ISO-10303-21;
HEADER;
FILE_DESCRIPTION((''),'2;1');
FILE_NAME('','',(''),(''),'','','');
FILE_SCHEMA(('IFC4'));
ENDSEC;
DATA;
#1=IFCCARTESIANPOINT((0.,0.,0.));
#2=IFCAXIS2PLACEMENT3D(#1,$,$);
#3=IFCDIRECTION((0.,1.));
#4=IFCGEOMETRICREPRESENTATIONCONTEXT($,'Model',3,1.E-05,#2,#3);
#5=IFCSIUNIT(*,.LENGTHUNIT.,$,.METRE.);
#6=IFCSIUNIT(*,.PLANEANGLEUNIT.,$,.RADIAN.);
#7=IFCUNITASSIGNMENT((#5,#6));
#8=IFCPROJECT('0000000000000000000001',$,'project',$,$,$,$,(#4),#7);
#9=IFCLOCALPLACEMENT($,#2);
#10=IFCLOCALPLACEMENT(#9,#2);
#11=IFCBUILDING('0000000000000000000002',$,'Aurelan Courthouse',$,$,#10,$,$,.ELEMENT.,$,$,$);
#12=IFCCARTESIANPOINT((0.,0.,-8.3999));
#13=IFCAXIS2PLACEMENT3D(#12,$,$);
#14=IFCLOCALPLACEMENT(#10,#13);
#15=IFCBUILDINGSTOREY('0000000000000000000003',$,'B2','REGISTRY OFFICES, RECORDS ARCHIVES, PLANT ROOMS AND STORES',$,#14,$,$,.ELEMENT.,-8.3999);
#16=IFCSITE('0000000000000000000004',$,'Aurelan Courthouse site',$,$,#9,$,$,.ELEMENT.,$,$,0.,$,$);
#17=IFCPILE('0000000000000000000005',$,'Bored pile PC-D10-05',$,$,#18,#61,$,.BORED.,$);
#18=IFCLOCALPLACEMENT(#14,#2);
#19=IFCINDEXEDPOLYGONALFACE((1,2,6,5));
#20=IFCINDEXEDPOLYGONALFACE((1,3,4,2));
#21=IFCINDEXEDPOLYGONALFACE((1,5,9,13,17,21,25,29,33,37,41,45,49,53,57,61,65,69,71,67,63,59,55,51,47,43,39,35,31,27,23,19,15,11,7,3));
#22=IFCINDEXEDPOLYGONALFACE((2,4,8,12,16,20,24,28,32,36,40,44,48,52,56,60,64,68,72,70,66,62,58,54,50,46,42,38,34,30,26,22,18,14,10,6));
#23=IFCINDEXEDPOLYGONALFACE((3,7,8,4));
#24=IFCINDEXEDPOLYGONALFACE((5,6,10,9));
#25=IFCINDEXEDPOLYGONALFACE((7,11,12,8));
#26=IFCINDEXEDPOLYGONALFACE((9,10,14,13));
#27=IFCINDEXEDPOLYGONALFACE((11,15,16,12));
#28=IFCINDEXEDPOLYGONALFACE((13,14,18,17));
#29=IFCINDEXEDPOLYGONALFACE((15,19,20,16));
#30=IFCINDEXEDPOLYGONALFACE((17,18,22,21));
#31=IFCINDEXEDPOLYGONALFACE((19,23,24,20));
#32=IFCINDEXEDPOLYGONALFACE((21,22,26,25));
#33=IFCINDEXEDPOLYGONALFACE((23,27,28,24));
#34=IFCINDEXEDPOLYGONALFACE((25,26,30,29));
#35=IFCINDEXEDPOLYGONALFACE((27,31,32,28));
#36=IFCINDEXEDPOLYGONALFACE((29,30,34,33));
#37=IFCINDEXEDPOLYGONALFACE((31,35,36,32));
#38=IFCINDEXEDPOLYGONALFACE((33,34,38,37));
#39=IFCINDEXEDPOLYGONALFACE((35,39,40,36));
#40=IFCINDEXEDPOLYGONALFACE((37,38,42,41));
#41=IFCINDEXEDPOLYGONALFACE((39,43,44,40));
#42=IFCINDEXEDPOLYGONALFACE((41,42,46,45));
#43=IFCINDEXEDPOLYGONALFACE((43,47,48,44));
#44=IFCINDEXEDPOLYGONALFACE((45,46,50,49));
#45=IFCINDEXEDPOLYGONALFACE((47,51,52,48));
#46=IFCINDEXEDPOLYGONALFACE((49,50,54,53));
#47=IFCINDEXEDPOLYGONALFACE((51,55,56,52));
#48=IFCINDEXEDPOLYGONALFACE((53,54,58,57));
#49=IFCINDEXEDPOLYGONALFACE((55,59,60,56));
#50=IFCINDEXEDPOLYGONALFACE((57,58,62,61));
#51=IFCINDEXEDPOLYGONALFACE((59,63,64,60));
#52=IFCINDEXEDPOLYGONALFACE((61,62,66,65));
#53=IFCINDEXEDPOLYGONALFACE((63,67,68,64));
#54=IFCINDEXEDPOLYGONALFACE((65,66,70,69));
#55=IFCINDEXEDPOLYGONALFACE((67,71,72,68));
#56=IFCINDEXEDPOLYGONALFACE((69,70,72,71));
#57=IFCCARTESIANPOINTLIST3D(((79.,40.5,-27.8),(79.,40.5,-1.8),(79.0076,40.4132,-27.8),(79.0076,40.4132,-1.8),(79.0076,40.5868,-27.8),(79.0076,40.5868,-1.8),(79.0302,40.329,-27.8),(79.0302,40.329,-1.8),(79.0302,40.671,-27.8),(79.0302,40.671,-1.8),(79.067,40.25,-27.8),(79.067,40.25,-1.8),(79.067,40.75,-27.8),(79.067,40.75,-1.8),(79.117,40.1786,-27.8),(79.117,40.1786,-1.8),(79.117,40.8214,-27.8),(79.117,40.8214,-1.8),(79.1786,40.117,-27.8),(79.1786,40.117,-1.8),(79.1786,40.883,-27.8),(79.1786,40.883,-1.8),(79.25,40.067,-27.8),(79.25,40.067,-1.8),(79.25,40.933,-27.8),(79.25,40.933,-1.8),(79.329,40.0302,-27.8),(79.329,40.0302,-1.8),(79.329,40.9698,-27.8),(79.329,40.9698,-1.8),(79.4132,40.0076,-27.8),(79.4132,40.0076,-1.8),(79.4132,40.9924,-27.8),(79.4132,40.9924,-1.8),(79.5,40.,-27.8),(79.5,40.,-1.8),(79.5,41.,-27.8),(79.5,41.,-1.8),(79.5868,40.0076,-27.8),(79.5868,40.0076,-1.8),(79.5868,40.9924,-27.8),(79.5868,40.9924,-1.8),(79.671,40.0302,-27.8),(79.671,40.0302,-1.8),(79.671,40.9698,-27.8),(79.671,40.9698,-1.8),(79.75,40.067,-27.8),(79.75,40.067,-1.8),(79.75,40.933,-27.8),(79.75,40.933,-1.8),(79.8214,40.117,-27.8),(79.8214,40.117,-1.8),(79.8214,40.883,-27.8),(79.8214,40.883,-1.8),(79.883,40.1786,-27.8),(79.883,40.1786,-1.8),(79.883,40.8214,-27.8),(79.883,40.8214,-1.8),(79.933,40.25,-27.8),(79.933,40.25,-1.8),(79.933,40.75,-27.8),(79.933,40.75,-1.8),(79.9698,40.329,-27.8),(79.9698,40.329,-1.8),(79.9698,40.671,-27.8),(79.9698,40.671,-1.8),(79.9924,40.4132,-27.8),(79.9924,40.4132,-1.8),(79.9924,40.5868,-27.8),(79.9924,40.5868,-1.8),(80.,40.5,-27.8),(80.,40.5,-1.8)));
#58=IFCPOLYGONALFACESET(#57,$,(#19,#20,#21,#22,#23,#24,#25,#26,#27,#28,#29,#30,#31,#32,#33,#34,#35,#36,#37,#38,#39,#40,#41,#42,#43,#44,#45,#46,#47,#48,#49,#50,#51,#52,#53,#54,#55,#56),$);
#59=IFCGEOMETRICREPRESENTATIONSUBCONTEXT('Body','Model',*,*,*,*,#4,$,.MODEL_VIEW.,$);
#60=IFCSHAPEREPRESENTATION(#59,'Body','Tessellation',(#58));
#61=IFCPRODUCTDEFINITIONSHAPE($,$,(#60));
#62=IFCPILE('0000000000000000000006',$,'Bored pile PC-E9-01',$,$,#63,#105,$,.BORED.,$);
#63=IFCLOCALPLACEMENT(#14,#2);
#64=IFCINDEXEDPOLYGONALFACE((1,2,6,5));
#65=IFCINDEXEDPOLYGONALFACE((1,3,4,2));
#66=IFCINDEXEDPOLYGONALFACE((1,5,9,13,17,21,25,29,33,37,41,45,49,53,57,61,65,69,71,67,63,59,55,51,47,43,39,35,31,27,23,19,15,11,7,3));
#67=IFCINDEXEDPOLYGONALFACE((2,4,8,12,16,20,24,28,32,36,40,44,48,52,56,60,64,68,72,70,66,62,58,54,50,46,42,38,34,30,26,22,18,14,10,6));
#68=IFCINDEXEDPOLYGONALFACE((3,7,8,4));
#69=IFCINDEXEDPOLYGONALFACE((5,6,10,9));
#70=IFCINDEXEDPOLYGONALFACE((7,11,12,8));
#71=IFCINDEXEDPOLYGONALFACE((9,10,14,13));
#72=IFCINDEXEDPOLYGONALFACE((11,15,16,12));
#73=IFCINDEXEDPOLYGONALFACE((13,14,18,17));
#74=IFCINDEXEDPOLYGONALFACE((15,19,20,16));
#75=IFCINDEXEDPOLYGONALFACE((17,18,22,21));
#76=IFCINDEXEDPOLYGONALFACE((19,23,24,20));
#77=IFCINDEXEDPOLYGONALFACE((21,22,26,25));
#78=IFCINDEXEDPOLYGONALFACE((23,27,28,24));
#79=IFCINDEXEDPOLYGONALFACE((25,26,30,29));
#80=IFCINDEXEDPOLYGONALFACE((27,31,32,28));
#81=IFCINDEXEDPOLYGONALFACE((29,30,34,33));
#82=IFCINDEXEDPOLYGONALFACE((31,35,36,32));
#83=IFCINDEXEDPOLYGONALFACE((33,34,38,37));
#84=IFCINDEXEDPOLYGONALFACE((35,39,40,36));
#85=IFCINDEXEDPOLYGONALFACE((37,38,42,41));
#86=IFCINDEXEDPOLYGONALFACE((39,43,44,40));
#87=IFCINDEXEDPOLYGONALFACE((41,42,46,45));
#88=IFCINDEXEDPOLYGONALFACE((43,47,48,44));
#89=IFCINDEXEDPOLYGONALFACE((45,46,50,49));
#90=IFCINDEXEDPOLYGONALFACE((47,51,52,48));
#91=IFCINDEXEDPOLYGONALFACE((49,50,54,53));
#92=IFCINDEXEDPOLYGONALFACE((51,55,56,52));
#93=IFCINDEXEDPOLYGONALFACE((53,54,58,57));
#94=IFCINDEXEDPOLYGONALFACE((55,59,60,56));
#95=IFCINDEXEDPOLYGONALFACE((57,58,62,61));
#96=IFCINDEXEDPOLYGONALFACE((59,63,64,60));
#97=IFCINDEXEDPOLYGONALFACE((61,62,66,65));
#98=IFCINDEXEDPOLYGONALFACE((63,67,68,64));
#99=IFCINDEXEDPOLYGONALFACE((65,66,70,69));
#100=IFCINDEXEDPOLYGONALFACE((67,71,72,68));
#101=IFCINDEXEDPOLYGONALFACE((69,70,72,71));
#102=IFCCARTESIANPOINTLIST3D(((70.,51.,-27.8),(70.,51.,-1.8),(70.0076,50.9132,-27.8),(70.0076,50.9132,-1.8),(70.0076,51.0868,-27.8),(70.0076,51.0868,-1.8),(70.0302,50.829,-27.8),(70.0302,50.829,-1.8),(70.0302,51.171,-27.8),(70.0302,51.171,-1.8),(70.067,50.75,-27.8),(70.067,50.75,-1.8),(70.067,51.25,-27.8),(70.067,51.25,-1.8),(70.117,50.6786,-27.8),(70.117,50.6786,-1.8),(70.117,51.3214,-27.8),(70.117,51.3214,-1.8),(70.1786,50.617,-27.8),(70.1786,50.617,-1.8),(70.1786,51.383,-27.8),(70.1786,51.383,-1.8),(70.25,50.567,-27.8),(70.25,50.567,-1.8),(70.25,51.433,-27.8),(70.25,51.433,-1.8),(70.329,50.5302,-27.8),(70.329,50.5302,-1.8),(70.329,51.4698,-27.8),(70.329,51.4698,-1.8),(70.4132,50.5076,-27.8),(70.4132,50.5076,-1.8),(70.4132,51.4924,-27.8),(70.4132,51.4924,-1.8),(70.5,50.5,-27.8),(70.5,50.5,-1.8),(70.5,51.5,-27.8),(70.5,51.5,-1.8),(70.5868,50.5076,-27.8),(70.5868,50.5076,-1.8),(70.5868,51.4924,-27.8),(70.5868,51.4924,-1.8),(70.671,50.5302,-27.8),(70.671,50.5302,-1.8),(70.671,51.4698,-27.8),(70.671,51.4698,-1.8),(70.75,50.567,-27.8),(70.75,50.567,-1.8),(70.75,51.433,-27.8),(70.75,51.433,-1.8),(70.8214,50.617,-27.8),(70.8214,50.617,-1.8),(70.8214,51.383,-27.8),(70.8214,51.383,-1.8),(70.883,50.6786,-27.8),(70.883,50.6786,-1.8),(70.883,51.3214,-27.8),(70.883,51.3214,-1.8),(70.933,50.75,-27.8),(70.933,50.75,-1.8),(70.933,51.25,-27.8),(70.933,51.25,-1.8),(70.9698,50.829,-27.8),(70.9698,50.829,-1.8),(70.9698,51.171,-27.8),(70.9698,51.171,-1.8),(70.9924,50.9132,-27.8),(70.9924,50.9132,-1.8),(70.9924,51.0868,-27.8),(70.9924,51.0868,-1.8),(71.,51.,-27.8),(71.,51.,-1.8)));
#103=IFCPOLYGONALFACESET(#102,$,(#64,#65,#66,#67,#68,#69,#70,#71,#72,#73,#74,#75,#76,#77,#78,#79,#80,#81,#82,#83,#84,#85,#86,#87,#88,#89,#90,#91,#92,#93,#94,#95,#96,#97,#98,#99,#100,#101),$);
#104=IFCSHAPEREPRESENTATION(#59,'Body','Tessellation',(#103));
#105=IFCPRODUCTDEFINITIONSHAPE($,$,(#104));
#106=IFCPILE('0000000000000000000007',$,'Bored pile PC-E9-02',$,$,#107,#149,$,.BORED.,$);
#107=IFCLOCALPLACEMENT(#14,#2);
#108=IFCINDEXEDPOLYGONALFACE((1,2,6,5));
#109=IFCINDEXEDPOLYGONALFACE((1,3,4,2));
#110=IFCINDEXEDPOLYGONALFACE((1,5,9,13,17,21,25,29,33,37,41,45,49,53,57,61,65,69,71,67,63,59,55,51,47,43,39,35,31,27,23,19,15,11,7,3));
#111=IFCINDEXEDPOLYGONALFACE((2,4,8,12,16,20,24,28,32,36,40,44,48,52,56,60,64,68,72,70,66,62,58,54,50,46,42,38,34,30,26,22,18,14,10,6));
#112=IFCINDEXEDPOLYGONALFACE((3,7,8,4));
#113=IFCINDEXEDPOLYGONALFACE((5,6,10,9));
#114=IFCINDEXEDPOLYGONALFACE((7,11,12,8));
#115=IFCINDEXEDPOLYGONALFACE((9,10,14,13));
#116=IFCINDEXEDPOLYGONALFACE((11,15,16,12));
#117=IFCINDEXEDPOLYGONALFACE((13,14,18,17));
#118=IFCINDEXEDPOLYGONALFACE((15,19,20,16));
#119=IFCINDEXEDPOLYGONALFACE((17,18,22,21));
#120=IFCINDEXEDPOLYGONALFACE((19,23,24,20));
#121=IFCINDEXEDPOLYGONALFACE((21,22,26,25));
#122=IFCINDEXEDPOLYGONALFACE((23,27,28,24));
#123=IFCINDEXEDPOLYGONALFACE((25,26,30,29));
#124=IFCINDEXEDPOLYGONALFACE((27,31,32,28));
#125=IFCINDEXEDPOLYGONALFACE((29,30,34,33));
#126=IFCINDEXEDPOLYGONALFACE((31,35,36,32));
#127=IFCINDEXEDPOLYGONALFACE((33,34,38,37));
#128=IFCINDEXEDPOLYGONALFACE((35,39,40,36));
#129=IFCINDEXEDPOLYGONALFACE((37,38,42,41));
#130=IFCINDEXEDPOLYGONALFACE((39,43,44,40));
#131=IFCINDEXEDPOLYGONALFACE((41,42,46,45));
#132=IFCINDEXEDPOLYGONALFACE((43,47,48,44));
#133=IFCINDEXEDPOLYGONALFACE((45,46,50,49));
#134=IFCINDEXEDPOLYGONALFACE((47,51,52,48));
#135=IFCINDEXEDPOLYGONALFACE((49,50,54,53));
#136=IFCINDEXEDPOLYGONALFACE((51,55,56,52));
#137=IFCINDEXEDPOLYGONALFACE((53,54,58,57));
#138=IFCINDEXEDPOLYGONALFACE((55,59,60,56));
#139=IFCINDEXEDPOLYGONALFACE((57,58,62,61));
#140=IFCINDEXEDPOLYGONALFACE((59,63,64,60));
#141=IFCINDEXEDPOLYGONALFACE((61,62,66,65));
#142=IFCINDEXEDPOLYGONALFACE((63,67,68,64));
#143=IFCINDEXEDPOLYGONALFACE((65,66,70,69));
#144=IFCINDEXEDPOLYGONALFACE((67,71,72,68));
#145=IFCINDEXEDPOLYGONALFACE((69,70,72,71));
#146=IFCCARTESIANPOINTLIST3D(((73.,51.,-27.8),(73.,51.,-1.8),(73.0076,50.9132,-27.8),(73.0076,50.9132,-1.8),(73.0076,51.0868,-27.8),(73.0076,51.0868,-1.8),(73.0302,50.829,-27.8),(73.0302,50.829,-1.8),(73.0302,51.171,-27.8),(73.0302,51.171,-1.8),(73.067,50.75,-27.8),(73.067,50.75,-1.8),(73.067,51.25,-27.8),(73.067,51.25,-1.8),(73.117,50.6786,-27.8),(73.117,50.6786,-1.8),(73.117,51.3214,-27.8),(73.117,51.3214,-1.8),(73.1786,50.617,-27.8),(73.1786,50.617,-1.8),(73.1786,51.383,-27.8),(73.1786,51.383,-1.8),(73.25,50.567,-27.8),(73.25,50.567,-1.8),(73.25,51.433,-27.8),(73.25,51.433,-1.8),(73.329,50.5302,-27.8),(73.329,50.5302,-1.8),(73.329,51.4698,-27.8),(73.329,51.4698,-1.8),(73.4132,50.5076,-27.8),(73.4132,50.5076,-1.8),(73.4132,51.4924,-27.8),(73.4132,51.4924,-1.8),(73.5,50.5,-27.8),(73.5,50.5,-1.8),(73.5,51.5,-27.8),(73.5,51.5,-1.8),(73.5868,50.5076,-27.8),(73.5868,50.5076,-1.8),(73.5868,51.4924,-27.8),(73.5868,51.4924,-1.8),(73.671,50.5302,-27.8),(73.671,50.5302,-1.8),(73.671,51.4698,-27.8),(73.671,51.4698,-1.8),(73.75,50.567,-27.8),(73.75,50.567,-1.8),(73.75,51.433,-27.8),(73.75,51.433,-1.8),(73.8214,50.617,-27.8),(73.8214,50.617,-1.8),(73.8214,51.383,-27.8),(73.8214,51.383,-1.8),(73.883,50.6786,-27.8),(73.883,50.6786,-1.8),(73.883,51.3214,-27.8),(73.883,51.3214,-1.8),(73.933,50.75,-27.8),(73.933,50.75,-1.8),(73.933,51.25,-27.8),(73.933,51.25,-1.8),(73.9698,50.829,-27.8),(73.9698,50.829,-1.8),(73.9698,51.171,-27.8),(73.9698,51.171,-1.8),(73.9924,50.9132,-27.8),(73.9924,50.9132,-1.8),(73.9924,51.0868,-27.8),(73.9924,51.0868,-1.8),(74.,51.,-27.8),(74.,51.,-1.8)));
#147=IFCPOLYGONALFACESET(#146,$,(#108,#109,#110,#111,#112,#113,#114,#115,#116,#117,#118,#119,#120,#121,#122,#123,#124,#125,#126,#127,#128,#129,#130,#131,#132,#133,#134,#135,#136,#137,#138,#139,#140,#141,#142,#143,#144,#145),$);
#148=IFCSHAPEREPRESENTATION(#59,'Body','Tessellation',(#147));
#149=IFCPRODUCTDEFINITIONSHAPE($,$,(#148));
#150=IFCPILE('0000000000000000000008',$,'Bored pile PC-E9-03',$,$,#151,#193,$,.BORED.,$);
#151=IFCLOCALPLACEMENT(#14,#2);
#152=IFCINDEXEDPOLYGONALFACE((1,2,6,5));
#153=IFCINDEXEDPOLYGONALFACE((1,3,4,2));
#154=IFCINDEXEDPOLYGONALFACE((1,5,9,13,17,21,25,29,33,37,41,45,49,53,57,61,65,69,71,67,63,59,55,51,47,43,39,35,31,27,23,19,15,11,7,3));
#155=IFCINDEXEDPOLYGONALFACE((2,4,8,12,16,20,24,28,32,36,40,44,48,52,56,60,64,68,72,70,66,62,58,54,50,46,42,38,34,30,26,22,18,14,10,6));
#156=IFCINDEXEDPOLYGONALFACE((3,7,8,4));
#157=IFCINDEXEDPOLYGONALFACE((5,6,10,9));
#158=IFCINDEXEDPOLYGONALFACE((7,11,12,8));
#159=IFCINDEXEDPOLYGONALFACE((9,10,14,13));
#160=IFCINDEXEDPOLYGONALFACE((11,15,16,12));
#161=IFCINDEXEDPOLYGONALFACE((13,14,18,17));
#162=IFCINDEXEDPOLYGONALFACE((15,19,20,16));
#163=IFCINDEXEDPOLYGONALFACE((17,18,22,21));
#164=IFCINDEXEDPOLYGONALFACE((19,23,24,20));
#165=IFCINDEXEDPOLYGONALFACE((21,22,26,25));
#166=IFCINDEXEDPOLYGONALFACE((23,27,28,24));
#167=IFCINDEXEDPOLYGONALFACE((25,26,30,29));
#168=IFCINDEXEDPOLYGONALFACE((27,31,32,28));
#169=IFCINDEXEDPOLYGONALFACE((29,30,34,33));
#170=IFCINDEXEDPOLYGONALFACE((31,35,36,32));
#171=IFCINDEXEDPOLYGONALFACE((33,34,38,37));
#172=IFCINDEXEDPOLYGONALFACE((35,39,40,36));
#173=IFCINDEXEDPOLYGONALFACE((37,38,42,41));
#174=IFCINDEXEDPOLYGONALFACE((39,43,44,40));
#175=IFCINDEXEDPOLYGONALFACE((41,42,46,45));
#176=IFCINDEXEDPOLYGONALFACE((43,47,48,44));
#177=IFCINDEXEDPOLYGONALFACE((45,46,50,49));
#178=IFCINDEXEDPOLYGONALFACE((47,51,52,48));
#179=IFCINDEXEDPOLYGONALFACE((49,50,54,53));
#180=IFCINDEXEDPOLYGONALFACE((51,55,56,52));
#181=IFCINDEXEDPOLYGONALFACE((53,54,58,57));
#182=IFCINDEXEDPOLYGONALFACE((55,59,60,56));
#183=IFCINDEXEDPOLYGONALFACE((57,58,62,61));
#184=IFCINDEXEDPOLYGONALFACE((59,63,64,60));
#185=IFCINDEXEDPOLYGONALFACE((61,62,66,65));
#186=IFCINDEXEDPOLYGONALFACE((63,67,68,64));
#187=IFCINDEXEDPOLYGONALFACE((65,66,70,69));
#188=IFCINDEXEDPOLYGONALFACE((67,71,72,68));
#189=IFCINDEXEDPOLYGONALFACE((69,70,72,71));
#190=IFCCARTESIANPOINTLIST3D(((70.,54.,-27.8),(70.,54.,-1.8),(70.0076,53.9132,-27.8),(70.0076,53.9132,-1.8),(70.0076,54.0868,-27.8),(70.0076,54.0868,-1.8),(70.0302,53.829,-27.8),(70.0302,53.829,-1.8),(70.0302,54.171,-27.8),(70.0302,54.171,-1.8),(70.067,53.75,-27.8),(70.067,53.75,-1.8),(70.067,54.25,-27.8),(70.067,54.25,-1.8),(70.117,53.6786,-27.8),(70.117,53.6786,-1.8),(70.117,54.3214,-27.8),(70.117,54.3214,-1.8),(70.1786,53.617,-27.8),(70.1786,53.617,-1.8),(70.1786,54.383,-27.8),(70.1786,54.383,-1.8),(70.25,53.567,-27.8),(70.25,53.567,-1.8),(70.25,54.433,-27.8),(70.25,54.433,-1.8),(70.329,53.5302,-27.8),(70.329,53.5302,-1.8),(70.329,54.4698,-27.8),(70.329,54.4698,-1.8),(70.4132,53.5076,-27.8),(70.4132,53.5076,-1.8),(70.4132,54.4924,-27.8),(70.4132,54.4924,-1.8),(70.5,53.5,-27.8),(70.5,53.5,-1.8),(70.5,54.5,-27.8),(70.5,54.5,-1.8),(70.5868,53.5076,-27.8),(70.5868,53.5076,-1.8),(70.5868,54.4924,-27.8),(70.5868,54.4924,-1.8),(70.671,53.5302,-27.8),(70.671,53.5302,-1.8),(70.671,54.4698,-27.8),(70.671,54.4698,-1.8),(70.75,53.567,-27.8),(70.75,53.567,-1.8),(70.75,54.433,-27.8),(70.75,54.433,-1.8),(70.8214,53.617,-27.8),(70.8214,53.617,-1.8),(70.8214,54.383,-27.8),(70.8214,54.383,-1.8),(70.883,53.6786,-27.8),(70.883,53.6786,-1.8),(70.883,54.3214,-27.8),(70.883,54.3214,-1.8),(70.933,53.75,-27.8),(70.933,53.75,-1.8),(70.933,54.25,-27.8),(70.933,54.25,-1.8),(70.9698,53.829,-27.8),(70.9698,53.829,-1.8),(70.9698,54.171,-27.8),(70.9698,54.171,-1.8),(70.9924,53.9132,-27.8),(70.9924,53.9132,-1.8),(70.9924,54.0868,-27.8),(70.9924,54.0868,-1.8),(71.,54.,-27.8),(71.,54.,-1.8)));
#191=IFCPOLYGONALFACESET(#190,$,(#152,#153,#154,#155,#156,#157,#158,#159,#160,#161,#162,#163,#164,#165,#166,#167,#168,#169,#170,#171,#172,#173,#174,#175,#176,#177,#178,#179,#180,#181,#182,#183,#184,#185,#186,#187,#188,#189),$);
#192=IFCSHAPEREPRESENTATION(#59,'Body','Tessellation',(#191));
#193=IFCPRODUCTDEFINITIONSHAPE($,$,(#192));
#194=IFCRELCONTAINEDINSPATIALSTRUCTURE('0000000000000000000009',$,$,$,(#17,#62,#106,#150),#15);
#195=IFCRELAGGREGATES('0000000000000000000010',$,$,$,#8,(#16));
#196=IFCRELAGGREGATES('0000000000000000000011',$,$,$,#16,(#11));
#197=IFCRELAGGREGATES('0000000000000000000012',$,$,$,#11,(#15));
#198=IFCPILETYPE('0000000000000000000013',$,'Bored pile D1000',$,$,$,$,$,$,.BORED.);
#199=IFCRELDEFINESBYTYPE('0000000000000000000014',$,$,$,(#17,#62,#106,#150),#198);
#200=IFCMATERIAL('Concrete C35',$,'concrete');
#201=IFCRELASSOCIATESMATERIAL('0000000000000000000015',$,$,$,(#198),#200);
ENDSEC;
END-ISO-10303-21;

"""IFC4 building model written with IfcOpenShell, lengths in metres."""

from ifc_helpers import new_model, si_unit, direction, frame, origin, origin_2d, place, context, subcontext, project, spatial, circle, extrude, material, material_profile, profile_set, type_object, element, save


model = new_model("IFC4")

# Units and contexts
model_context = context("Model", 3, precision=1e-05, world=origin(), true_north=direction((0.0, 1.0)))
body_context = subcontext(model_context, "Body", "Model", "MODEL_VIEW")
ifc_project = project(units=[si_unit("LENGTHUNIT", "METRE"), si_unit("PLANEANGLEUNIT", "RADIAN")], contexts=[model_context])

# Site, building, storey
site_placement = place(None, origin())
site = spatial("IfcSite", under=ifc_project, at=site_placement, Name="Aurelan Courthouse site", CompositionType="ELEMENT", RefElevation=0.0)
building_placement = place(site_placement, origin())
building = spatial("IfcBuilding", under=site, at=building_placement, Name="Aurelan Courthouse", CompositionType="ELEMENT")
storey_placement = place(building_placement, frame((0.0, 0.0, -8.3999)))
storey = spatial("IfcBuildingStorey", under=building, at=storey_placement, Name="B2", Description="REGISTRY OFFICES, RECORDS ARCHIVES, PLANT ROOMS AND STORES", CompositionType="ELEMENT", Elevation=-8.3999)

# Piles
ifc_material_1 = material(Name="Concrete C35", Category="concrete")
ifc_material_profile_1 = material_profile(ifc_material_1, circle(Radius=0.5, at=origin_2d()), Name="D1000")
ifc_profile_set_1 = profile_set([ifc_material_profile_1], Name="Concrete C35")
pile_type = type_object("IfcPileType", Name="Bored pile D1000", PredefinedType="BORED", material=ifc_profile_set_1)
for number, where, z_axis, x_axis, name in (
    (1, (79.5, 40.5, -1.8), (0.0, 0.0, -1.0), (1.0, 0.0, 0.0), "Bored pile PC-D10-05"),
    (2, (70.5, 51.0, -1.8), (0.0, 0.0, -1.0), (1.0, 0.0, 0.0), "Bored pile PC-E9-01"),
    (3, (73.5, 51.0, -1.8), (0.0, 0.0, -1.0), (1.0, 0.0, 0.0), "Bored pile PC-E9-02"),
    (4, (70.5, 54.0, -1.8), (0.0, 0.0, -1.0), (1.0, 0.0, 0.0), "Bored pile PC-E9-03"),
):
    element("IfcPile", number, at=place(storey_placement, frame(where, z_axis=z_axis, x_axis=x_axis)), inside=storey, type_object=pile_type, Name=name, PredefinedType="BORED", context=body_context, shape_type="SweptSolid", body=[
        extrude(circle(Radius=0.5, at=origin_2d()), origin(), (0.0, 0.0, 1.0), 26.0),
    ])

save(model, "model.ifc")
